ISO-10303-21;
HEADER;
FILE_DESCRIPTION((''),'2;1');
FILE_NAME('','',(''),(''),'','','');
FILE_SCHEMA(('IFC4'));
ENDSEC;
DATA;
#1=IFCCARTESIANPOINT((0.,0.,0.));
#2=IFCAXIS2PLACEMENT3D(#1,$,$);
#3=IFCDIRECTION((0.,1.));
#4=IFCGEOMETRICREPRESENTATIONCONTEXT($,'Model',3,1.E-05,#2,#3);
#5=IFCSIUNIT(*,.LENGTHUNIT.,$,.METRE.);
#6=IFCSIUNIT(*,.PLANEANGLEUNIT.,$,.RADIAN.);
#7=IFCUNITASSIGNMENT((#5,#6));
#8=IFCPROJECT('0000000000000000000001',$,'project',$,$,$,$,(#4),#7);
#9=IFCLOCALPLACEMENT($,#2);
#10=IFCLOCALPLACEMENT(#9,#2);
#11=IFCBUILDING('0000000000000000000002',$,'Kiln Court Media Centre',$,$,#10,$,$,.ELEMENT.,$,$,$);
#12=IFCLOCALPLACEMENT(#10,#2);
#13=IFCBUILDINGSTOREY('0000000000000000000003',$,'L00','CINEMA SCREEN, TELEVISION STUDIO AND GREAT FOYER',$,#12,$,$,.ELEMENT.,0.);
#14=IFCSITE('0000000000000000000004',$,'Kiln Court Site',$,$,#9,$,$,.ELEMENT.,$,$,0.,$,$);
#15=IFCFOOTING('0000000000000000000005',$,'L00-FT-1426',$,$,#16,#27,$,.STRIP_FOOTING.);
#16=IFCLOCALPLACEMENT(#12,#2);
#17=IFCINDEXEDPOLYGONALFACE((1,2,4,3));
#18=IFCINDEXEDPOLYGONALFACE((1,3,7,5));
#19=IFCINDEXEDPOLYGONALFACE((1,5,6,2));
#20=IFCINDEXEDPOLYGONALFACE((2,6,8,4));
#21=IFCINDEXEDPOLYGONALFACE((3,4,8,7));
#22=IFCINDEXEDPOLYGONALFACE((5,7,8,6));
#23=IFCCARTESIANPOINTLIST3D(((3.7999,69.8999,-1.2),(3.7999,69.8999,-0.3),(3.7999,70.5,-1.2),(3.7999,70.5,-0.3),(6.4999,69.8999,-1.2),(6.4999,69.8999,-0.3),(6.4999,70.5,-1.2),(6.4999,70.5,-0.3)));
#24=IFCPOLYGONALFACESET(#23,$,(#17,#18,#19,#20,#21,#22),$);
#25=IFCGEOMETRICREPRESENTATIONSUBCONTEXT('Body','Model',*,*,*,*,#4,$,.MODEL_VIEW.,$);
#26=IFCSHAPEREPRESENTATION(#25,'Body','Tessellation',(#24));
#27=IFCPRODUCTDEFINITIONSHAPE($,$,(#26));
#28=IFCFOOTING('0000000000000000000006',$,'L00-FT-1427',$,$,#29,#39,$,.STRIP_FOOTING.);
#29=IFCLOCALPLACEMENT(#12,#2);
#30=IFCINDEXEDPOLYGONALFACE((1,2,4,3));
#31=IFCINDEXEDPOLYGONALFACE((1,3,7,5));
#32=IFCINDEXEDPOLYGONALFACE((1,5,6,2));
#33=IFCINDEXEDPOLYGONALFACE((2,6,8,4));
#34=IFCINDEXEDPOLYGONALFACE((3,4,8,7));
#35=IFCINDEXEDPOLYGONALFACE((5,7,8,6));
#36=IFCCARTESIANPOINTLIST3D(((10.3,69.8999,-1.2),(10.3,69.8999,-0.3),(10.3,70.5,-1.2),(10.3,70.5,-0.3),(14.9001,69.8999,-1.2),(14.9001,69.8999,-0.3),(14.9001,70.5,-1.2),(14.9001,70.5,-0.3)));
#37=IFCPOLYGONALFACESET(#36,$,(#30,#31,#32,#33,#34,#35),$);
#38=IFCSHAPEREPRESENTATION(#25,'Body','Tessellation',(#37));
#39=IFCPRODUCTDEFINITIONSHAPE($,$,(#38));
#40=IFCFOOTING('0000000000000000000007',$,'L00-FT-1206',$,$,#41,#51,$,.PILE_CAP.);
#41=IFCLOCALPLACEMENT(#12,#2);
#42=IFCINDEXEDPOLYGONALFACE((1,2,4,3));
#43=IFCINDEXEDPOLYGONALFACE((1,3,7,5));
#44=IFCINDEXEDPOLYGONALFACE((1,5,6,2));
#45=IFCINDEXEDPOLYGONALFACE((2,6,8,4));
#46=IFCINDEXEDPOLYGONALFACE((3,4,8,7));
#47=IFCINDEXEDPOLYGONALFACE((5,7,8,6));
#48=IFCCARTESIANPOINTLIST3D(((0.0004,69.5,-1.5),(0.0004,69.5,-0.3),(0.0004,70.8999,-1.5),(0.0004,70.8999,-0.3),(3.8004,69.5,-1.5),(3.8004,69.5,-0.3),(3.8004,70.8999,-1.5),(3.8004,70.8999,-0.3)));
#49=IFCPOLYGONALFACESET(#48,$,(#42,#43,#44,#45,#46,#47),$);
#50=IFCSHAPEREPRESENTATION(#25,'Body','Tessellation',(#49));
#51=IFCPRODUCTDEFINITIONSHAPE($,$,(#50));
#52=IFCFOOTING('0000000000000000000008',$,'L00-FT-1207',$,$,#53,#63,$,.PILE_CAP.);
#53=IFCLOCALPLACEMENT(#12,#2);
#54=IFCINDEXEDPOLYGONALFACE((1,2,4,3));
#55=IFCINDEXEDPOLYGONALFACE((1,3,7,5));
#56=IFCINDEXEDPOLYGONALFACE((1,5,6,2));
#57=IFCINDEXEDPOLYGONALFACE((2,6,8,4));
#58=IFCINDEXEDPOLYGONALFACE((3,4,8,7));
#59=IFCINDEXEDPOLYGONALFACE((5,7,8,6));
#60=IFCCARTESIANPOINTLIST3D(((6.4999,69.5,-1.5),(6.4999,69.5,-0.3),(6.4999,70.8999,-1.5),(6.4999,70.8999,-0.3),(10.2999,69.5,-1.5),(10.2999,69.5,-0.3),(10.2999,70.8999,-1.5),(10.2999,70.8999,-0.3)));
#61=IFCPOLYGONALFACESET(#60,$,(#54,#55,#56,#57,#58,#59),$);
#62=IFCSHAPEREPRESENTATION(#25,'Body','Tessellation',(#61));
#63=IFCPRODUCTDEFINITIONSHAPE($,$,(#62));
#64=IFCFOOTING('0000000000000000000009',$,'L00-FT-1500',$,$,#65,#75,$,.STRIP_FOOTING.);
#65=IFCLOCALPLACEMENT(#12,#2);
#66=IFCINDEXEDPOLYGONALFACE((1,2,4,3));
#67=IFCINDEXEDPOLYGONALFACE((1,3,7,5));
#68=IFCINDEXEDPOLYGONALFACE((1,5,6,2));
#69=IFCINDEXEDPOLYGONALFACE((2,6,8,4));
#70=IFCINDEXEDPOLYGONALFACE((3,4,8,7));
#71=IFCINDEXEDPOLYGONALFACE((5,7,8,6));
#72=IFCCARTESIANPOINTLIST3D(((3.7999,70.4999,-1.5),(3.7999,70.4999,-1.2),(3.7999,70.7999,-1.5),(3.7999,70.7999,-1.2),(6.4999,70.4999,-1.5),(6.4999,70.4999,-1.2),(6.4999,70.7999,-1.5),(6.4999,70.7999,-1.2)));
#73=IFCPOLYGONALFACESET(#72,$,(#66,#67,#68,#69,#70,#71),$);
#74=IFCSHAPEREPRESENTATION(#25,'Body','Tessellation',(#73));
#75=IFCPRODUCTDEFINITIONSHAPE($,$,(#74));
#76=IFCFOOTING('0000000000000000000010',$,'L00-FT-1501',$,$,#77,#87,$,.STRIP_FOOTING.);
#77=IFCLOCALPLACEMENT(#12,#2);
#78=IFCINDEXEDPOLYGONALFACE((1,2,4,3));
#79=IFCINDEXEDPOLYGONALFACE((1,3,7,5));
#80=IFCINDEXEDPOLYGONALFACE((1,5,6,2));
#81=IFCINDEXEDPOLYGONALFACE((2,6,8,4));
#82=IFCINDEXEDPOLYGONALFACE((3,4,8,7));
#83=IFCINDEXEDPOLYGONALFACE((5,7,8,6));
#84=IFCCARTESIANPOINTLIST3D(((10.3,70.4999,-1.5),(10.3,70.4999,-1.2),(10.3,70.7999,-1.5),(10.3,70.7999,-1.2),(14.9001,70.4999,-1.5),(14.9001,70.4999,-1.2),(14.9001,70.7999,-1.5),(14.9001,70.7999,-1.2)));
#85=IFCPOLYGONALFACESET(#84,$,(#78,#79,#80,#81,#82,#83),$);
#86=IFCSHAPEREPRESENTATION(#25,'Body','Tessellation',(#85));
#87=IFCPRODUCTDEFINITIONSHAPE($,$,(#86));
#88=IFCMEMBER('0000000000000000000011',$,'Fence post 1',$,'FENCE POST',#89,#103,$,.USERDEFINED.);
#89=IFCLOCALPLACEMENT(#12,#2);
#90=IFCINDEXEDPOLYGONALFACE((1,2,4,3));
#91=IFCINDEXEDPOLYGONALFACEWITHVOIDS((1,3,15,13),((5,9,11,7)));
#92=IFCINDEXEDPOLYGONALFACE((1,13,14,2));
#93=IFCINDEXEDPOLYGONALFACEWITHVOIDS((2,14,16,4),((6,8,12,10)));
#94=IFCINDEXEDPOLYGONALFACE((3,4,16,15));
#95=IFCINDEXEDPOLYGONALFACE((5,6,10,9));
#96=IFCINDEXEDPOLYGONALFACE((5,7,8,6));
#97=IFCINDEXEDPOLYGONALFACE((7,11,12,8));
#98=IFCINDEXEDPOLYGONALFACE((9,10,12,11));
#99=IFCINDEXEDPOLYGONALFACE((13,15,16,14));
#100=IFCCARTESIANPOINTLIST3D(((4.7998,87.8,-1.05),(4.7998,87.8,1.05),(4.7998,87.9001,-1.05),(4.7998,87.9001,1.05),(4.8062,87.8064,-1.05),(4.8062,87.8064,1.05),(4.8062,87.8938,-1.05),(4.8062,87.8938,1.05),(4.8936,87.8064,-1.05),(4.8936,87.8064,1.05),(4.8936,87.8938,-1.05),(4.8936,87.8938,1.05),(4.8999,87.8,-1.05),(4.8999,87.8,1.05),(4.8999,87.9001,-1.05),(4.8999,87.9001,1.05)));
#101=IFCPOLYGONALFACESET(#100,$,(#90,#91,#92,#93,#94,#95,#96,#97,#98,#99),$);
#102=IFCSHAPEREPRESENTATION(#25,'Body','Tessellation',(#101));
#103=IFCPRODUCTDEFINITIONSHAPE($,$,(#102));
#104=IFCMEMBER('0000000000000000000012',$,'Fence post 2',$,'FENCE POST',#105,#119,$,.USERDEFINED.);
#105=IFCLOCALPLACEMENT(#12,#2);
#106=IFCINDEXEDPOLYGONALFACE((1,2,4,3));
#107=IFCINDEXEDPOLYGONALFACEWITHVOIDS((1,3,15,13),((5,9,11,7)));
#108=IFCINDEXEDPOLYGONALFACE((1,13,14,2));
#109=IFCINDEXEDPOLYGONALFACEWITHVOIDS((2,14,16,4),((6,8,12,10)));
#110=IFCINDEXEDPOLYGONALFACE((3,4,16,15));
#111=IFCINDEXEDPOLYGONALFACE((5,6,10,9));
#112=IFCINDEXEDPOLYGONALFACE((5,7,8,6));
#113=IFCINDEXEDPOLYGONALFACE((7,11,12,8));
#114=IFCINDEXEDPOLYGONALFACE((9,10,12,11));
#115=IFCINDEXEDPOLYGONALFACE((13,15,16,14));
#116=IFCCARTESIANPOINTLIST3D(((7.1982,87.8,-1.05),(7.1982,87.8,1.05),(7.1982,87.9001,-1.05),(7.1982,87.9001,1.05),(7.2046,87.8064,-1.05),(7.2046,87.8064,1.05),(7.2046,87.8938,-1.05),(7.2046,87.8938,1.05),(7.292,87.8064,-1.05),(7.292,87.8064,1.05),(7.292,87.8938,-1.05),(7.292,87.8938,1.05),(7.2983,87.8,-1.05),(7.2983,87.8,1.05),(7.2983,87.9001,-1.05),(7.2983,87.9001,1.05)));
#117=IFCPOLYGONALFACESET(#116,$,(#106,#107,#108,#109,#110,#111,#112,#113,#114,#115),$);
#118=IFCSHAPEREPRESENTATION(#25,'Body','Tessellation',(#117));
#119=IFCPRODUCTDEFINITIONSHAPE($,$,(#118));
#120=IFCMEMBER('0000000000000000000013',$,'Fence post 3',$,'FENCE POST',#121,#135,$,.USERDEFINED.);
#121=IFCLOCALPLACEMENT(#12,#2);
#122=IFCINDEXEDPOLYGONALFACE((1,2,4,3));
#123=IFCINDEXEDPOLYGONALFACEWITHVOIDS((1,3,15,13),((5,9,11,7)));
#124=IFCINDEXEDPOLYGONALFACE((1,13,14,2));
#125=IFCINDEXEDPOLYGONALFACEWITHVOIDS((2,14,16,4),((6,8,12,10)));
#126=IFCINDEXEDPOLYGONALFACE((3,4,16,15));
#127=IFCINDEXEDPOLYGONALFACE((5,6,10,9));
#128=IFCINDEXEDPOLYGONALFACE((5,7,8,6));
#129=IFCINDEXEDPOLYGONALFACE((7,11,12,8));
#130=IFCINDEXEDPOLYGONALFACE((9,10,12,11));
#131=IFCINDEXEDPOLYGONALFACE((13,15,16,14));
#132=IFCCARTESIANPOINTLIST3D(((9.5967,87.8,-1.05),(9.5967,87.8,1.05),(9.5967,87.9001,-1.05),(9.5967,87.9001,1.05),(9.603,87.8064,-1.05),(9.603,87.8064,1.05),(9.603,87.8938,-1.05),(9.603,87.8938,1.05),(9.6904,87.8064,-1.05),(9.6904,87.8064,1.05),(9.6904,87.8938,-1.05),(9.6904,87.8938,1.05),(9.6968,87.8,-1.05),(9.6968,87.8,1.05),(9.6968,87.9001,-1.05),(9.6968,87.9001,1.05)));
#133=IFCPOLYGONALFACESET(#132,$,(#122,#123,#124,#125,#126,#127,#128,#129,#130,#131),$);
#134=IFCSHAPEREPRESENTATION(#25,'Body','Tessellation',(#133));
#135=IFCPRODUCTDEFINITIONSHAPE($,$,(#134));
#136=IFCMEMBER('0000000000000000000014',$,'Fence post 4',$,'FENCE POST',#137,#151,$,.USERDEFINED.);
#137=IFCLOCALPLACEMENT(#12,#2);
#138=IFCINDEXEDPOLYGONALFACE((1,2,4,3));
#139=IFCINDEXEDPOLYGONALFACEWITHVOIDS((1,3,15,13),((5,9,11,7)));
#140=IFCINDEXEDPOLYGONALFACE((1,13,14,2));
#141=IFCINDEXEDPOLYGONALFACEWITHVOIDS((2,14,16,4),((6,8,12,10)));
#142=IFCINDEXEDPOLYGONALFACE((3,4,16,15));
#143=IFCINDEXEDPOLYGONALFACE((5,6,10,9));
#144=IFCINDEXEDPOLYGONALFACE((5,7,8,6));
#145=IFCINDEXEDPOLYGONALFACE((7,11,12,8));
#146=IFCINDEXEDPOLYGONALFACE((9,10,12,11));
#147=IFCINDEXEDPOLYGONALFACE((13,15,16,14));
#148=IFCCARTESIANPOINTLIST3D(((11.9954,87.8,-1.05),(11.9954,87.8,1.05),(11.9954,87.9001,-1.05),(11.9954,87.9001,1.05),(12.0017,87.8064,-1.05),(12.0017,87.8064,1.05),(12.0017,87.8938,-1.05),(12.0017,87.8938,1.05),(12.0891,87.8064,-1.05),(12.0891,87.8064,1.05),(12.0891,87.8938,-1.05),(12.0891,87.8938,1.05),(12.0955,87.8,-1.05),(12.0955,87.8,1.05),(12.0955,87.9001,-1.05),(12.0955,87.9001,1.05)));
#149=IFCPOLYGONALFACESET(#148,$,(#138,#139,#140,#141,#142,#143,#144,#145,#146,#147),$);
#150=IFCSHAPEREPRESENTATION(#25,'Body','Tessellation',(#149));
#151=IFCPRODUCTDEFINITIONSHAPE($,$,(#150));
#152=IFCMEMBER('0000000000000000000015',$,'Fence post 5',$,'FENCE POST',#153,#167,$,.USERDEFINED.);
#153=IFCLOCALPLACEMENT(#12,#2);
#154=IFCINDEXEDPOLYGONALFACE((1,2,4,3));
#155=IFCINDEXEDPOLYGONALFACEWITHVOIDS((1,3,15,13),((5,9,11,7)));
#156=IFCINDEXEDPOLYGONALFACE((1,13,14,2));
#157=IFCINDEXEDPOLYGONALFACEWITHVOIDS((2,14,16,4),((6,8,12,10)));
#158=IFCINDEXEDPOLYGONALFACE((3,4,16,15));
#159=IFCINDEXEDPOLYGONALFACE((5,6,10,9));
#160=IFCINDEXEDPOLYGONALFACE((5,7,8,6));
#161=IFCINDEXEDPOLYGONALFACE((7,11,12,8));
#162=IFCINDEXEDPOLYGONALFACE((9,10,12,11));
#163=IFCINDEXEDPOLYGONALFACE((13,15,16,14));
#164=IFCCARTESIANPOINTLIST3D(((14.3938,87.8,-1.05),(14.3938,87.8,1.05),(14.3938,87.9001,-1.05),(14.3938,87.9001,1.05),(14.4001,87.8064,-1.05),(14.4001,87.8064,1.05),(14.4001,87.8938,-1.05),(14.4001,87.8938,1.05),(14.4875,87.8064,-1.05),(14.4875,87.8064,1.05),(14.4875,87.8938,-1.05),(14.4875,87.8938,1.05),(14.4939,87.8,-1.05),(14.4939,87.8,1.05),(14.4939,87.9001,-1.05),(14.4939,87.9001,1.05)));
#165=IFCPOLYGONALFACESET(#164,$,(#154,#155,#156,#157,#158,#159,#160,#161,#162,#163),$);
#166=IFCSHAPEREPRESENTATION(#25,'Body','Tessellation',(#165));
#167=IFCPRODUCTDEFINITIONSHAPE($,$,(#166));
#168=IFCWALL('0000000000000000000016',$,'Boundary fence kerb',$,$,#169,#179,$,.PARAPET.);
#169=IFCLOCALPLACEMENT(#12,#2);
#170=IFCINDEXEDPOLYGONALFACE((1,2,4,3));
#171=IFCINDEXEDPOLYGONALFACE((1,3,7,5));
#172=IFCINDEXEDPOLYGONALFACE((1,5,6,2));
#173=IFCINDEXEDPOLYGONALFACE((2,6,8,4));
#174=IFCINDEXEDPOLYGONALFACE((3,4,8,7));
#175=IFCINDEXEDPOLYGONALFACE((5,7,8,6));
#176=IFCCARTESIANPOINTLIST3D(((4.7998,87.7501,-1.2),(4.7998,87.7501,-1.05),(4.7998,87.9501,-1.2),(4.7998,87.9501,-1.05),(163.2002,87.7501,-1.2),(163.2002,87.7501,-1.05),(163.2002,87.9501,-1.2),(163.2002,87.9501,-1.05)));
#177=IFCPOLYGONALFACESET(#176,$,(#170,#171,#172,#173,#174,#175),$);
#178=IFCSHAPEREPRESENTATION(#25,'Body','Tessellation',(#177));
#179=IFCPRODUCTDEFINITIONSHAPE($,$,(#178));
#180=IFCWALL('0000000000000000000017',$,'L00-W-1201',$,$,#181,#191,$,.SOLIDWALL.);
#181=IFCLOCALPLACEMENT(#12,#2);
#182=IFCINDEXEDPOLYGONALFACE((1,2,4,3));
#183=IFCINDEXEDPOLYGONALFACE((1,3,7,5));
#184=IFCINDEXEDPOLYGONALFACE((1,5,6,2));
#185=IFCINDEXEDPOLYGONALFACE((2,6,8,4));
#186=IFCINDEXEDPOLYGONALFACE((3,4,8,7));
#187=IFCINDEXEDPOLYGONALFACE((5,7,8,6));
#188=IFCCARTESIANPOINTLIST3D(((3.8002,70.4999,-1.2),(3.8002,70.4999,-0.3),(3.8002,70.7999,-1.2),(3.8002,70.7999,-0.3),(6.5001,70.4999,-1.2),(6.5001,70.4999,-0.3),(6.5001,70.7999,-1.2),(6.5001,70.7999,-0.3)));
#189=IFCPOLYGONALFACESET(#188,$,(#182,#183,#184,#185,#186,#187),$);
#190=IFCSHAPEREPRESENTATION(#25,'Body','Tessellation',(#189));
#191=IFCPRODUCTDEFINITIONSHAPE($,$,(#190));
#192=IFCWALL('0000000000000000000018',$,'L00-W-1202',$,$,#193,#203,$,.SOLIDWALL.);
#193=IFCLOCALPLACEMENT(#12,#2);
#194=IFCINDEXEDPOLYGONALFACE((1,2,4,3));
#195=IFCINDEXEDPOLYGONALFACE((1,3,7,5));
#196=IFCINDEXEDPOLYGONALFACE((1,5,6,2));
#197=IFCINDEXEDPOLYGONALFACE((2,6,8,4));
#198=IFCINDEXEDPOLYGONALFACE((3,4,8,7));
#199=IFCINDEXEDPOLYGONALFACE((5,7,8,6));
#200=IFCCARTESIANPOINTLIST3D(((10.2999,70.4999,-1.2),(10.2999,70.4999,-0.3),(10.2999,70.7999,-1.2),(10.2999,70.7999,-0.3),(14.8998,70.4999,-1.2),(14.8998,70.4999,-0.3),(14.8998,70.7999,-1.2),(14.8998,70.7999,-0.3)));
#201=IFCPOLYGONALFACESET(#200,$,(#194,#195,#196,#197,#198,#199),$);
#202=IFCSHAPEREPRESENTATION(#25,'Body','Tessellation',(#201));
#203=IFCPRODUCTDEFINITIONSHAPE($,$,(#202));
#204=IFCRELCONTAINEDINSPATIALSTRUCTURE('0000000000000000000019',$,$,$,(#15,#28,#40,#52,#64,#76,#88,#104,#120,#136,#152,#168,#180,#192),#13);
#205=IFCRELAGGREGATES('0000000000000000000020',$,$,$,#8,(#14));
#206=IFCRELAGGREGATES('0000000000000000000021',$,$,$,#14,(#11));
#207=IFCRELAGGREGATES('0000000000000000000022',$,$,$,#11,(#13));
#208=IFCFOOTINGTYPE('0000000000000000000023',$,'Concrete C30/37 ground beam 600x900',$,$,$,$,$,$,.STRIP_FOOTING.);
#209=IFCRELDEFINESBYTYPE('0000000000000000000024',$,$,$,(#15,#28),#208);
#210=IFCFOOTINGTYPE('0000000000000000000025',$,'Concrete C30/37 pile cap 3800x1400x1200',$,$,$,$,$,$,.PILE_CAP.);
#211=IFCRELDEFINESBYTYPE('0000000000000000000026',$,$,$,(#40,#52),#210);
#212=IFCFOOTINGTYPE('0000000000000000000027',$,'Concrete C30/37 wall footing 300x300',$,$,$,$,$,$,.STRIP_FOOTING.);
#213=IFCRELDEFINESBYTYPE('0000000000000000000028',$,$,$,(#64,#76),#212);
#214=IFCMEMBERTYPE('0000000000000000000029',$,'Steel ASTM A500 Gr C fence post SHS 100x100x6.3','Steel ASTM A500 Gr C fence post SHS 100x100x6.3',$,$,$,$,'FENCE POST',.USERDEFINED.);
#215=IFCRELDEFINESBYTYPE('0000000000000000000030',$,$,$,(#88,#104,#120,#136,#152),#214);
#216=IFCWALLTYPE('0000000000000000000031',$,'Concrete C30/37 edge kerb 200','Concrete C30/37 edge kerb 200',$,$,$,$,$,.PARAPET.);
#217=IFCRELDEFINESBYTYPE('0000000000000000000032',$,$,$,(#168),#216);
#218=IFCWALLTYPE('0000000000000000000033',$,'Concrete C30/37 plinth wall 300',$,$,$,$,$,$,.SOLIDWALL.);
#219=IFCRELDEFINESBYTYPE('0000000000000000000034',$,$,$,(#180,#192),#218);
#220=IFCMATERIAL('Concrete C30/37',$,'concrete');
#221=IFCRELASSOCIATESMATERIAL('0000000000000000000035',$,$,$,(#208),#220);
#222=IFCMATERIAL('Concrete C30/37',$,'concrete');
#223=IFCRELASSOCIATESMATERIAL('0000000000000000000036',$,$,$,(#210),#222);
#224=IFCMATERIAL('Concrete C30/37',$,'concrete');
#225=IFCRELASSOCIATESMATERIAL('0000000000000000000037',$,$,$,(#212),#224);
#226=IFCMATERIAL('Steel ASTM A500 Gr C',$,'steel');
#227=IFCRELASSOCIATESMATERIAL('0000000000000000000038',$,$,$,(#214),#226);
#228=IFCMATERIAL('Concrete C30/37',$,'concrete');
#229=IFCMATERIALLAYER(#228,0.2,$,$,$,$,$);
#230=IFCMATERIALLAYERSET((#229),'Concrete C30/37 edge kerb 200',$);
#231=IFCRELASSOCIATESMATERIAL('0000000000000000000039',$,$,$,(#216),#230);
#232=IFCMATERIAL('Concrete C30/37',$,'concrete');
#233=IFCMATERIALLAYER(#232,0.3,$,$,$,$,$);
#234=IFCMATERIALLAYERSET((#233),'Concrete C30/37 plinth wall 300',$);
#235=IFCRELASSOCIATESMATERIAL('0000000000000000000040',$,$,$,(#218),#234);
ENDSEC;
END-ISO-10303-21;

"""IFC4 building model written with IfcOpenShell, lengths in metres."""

from ifc_helpers import new_model, si_unit, direction, frame, frame_2d, origin, origin_2d, place, context, subcontext, project, spatial, rectangle, hollow_rectangle, extrude, material, layer, layer_set, material_profile, profile_set, type_object, element, save


model = new_model("IFC4")

# Units and contexts
model_context = context("Model", 3, precision=1e-05, world=origin(), true_north=direction((0.0, 1.0)))
body_context = subcontext(model_context, "Body", "Model", "MODEL_VIEW")
ifc_project = project(units=[si_unit("LENGTHUNIT", "METRE"), si_unit("PLANEANGLEUNIT", "RADIAN")], contexts=[model_context])

# Site, building, storey
site_placement = place(None, origin())
site = spatial("IfcSite", under=ifc_project, at=site_placement, Name="Kiln Court Site", CompositionType="ELEMENT", RefElevation=0.0)
building_placement = place(site_placement, origin())
building = spatial("IfcBuilding", under=site, at=building_placement, Name="Kiln Court Media Centre", CompositionType="ELEMENT")
storey_placement = place(building_placement, origin())
storey = spatial("IfcBuildingStorey", under=building, at=storey_placement, Name="L00", Description="CINEMA SCREEN, TELEVISION STUDIO AND GREAT FOYER", CompositionType="ELEMENT", Elevation=0.0)

# Footings
ifc_material_1 = material(Name="Concrete C30/37", Category="concrete")
footing_type_1 = type_object("IfcFootingType", Name="Concrete C30/37 ground beam 600x900", PredefinedType="STRIP_FOOTING", material=ifc_material_1)
footing_1_placement = place(storey_placement, frame((5.1499, 70.2, -1.2), z_axis=(0.0, 0.0, 1.0), x_axis=(1.0, 0.0, 0.0)))
element("IfcFooting", 1, at=footing_1_placement, inside=storey, type_object=footing_type_1, Name="L00-FT-1426", PredefinedType="STRIP_FOOTING", context=body_context, shape_type="SweptSolid", body=[
    extrude(rectangle(XDim=2.7, YDim=0.6001, at=origin_2d()), origin(), (0.0, 0.0, 1.0), 0.8999),
])
footing_2_placement = place(storey_placement, frame((12.6001, 70.2, -1.2), z_axis=(0.0, 0.0, 1.0), x_axis=(1.0, 0.0, 0.0)))
element("IfcFooting", 2, at=footing_2_placement, inside=storey, type_object=footing_type_1, Name="L00-FT-1427", PredefinedType="STRIP_FOOTING", context=body_context, shape_type="SweptSolid", body=[
    extrude(rectangle(XDim=4.6001, YDim=0.6001, at=origin_2d()), origin(), (0.0, 0.0, 1.0), 0.8999),
])
ifc_material_2 = material(Name="Concrete C30/37", Category="concrete")
footing_type_2 = type_object("IfcFootingType", Name="Concrete C30/37 pile cap 3800x1400x1200", PredefinedType="PILE_CAP", material=ifc_material_2)
for number, where, z_axis, x_axis, name in (
    (3, (1.9004, 70.2, -1.5), (0.0, 0.0, 1.0), (1.0, 0.0, 0.0), "L00-FT-1206"),
    (4, (8.3999, 70.2, -1.5), (0.0, 0.0, 1.0), (1.0, 0.0, 0.0), "L00-FT-1207"),
):
    element("IfcFooting", number, at=place(storey_placement, frame(where, z_axis=z_axis, x_axis=x_axis)), inside=storey, type_object=footing_type_2, Name=name, PredefinedType="PILE_CAP", context=body_context, shape_type="SweptSolid", body=[
        extrude(rectangle(XDim=3.8, YDim=1.3999, at=origin_2d()), origin(), (0.0, 0.0, 1.0), 1.2),
    ])
ifc_material_3 = material(Name="Concrete C30/37", Category="concrete")
footing_type_3 = type_object("IfcFootingType", Name="Concrete C30/37 wall footing 300x300", PredefinedType="STRIP_FOOTING", material=ifc_material_3)
footing_3_placement = place(storey_placement, frame((5.1499, 70.6499, -1.5), z_axis=(0.0, 0.0, 1.0), x_axis=(1.0, 0.0, 0.0)))
element("IfcFooting", 5, at=footing_3_placement, inside=storey, type_object=footing_type_3, Name="L00-FT-1500", PredefinedType="STRIP_FOOTING", context=body_context, shape_type="SweptSolid", body=[
    extrude(rectangle(XDim=2.7, YDim=0.3, at=origin_2d()), origin(), (0.0, 0.0, 1.0), 0.3),
])
footing_4_placement = place(storey_placement, frame((12.6001, 70.6499, -1.5), z_axis=(0.0, 0.0, 1.0), x_axis=(1.0, 0.0, 0.0)))
element("IfcFooting", 6, at=footing_4_placement, inside=storey, type_object=footing_type_3, Name="L00-FT-1501", PredefinedType="STRIP_FOOTING", context=body_context, shape_type="SweptSolid", body=[
    extrude(rectangle(XDim=4.6001, YDim=0.3, at=origin_2d()), origin(), (0.0, 0.0, 1.0), 0.3),
])

# Members
ifc_material_4 = material(Name="Steel ASTM A500 Gr C", Category="steel")
ifc_material_profile_1 = material_profile(ifc_material_4, hollow_rectangle(XDim=0.1001, YDim=0.1001, WallThickness=0.0063, at=origin_2d()), Name="SHS 100x100x6.3")
ifc_profile_set_1 = profile_set([ifc_material_profile_1], Name="Steel ASTM A500 Gr C")
member_type = type_object("IfcMemberType", Name="Steel ASTM A500 Gr C fence post SHS 100x100x6.3", Description="Steel ASTM A500 Gr C fence post SHS 100x100x6.3", ElementType="FENCE POST", PredefinedType="USERDEFINED", material=ifc_profile_set_1)
for number, where, z_axis, x_axis, name in (
    (7, (4.8499, 87.8501, -1.05), (0.0, 0.0, 1.0), (1.0, 0.0, 0.0), "Fence post 1"),
    (8, (7.2483, 87.8501, -1.05), (0.0, 0.0, 1.0), (1.0, 0.0, 0.0), "Fence post 2"),
    (9, (9.6467, 87.8501, -1.05), (0.0, 0.0, 1.0), (1.0, 0.0, 0.0), "Fence post 3"),
    (10, (12.0454, 87.8501, -1.05), (0.0, 0.0, 1.0), (1.0, 0.0, 0.0), "Fence post 4"),
    (11, (14.4438, 87.8501, -1.05), (0.0, 0.0, 1.0), (1.0, 0.0, 0.0), "Fence post 5"),
):
    element("IfcMember", number, at=place(storey_placement, frame(where, z_axis=z_axis, x_axis=x_axis)), inside=storey, type_object=member_type, Name=name, ObjectType="FENCE POST", PredefinedType="USERDEFINED", context=body_context, shape_type="SweptSolid", body=[
        extrude(hollow_rectangle(XDim=0.1001, YDim=0.1001, WallThickness=0.0063, at=origin_2d()), origin(), (0.0, 0.0, 1.0), 2.1001),
    ])

# Walls
ifc_material_5 = material(Name="Concrete C30/37", Category="concrete")
ifc_layer_1 = layer(ifc_material_5, 0.2)
ifc_layer_set_1 = layer_set([ifc_layer_1], Name="Concrete C30/37 edge kerb 200")
wall_type_1 = type_object("IfcWallType", Name="Concrete C30/37 edge kerb 200", Description="Concrete C30/37 edge kerb 200", PredefinedType="PARAPET", material=ifc_layer_set_1)
wall_1_placement = place(storey_placement, frame((4.7998, 87.8501, -1.2), z_axis=(0.0, 0.0, 1.0), x_axis=(1.0, 0.0, 0.0)))
element("IfcWall", 12, at=wall_1_placement, inside=storey, type_object=wall_type_1, Name="Boundary fence kerb", PredefinedType="PARAPET", context=body_context, shape_type="SweptSolid", body=[
    extrude(rectangle(XDim=158.4004, YDim=0.2, at=frame_2d((79.2002, 0.0))), origin(), (0.0, 0.0, 1.0), 0.1499),
])
ifc_material_6 = material(Name="Concrete C30/37", Category="concrete")
ifc_layer_2 = layer(ifc_material_6, 0.3)
ifc_layer_set_2 = layer_set([ifc_layer_2], Name="Concrete C30/37 plinth wall 300")
wall_type_2 = type_object("IfcWallType", Name="Concrete C30/37 plinth wall 300", PredefinedType="SOLIDWALL", material=ifc_layer_set_2)
wall_2_placement = place(storey_placement, frame((3.8, 70.6499, -1.2), z_axis=(0.0, 0.0, 1.0), x_axis=(1.0, 0.0, 0.0)))
element("IfcWall", 13, at=wall_2_placement, inside=storey, type_object=wall_type_2, Name="L00-W-1201", PredefinedType="SOLIDWALL", context=body_context, shape_type="SweptSolid", body=[
    extrude(rectangle(XDim=2.7, YDim=0.3, at=frame_2d((1.3501, 0.0))), origin(), (0.0, 0.0, 1.0), 0.8999),
])
wall_3_placement = place(storey_placement, frame((10.3, 70.6499, -1.2), z_axis=(0.0, 0.0, 1.0), x_axis=(1.0, 0.0, 0.0)))
element("IfcWall", 14, at=wall_3_placement, inside=storey, type_object=wall_type_2, Name="L00-W-1202", PredefinedType="SOLIDWALL", context=body_context, shape_type="SweptSolid", body=[
    extrude(rectangle(XDim=4.5999, YDim=0.3, at=frame_2d((2.2998, 0.0))), origin(), (0.0, 0.0, 1.0), 0.8999),
])

save(model, "model.ifc")
